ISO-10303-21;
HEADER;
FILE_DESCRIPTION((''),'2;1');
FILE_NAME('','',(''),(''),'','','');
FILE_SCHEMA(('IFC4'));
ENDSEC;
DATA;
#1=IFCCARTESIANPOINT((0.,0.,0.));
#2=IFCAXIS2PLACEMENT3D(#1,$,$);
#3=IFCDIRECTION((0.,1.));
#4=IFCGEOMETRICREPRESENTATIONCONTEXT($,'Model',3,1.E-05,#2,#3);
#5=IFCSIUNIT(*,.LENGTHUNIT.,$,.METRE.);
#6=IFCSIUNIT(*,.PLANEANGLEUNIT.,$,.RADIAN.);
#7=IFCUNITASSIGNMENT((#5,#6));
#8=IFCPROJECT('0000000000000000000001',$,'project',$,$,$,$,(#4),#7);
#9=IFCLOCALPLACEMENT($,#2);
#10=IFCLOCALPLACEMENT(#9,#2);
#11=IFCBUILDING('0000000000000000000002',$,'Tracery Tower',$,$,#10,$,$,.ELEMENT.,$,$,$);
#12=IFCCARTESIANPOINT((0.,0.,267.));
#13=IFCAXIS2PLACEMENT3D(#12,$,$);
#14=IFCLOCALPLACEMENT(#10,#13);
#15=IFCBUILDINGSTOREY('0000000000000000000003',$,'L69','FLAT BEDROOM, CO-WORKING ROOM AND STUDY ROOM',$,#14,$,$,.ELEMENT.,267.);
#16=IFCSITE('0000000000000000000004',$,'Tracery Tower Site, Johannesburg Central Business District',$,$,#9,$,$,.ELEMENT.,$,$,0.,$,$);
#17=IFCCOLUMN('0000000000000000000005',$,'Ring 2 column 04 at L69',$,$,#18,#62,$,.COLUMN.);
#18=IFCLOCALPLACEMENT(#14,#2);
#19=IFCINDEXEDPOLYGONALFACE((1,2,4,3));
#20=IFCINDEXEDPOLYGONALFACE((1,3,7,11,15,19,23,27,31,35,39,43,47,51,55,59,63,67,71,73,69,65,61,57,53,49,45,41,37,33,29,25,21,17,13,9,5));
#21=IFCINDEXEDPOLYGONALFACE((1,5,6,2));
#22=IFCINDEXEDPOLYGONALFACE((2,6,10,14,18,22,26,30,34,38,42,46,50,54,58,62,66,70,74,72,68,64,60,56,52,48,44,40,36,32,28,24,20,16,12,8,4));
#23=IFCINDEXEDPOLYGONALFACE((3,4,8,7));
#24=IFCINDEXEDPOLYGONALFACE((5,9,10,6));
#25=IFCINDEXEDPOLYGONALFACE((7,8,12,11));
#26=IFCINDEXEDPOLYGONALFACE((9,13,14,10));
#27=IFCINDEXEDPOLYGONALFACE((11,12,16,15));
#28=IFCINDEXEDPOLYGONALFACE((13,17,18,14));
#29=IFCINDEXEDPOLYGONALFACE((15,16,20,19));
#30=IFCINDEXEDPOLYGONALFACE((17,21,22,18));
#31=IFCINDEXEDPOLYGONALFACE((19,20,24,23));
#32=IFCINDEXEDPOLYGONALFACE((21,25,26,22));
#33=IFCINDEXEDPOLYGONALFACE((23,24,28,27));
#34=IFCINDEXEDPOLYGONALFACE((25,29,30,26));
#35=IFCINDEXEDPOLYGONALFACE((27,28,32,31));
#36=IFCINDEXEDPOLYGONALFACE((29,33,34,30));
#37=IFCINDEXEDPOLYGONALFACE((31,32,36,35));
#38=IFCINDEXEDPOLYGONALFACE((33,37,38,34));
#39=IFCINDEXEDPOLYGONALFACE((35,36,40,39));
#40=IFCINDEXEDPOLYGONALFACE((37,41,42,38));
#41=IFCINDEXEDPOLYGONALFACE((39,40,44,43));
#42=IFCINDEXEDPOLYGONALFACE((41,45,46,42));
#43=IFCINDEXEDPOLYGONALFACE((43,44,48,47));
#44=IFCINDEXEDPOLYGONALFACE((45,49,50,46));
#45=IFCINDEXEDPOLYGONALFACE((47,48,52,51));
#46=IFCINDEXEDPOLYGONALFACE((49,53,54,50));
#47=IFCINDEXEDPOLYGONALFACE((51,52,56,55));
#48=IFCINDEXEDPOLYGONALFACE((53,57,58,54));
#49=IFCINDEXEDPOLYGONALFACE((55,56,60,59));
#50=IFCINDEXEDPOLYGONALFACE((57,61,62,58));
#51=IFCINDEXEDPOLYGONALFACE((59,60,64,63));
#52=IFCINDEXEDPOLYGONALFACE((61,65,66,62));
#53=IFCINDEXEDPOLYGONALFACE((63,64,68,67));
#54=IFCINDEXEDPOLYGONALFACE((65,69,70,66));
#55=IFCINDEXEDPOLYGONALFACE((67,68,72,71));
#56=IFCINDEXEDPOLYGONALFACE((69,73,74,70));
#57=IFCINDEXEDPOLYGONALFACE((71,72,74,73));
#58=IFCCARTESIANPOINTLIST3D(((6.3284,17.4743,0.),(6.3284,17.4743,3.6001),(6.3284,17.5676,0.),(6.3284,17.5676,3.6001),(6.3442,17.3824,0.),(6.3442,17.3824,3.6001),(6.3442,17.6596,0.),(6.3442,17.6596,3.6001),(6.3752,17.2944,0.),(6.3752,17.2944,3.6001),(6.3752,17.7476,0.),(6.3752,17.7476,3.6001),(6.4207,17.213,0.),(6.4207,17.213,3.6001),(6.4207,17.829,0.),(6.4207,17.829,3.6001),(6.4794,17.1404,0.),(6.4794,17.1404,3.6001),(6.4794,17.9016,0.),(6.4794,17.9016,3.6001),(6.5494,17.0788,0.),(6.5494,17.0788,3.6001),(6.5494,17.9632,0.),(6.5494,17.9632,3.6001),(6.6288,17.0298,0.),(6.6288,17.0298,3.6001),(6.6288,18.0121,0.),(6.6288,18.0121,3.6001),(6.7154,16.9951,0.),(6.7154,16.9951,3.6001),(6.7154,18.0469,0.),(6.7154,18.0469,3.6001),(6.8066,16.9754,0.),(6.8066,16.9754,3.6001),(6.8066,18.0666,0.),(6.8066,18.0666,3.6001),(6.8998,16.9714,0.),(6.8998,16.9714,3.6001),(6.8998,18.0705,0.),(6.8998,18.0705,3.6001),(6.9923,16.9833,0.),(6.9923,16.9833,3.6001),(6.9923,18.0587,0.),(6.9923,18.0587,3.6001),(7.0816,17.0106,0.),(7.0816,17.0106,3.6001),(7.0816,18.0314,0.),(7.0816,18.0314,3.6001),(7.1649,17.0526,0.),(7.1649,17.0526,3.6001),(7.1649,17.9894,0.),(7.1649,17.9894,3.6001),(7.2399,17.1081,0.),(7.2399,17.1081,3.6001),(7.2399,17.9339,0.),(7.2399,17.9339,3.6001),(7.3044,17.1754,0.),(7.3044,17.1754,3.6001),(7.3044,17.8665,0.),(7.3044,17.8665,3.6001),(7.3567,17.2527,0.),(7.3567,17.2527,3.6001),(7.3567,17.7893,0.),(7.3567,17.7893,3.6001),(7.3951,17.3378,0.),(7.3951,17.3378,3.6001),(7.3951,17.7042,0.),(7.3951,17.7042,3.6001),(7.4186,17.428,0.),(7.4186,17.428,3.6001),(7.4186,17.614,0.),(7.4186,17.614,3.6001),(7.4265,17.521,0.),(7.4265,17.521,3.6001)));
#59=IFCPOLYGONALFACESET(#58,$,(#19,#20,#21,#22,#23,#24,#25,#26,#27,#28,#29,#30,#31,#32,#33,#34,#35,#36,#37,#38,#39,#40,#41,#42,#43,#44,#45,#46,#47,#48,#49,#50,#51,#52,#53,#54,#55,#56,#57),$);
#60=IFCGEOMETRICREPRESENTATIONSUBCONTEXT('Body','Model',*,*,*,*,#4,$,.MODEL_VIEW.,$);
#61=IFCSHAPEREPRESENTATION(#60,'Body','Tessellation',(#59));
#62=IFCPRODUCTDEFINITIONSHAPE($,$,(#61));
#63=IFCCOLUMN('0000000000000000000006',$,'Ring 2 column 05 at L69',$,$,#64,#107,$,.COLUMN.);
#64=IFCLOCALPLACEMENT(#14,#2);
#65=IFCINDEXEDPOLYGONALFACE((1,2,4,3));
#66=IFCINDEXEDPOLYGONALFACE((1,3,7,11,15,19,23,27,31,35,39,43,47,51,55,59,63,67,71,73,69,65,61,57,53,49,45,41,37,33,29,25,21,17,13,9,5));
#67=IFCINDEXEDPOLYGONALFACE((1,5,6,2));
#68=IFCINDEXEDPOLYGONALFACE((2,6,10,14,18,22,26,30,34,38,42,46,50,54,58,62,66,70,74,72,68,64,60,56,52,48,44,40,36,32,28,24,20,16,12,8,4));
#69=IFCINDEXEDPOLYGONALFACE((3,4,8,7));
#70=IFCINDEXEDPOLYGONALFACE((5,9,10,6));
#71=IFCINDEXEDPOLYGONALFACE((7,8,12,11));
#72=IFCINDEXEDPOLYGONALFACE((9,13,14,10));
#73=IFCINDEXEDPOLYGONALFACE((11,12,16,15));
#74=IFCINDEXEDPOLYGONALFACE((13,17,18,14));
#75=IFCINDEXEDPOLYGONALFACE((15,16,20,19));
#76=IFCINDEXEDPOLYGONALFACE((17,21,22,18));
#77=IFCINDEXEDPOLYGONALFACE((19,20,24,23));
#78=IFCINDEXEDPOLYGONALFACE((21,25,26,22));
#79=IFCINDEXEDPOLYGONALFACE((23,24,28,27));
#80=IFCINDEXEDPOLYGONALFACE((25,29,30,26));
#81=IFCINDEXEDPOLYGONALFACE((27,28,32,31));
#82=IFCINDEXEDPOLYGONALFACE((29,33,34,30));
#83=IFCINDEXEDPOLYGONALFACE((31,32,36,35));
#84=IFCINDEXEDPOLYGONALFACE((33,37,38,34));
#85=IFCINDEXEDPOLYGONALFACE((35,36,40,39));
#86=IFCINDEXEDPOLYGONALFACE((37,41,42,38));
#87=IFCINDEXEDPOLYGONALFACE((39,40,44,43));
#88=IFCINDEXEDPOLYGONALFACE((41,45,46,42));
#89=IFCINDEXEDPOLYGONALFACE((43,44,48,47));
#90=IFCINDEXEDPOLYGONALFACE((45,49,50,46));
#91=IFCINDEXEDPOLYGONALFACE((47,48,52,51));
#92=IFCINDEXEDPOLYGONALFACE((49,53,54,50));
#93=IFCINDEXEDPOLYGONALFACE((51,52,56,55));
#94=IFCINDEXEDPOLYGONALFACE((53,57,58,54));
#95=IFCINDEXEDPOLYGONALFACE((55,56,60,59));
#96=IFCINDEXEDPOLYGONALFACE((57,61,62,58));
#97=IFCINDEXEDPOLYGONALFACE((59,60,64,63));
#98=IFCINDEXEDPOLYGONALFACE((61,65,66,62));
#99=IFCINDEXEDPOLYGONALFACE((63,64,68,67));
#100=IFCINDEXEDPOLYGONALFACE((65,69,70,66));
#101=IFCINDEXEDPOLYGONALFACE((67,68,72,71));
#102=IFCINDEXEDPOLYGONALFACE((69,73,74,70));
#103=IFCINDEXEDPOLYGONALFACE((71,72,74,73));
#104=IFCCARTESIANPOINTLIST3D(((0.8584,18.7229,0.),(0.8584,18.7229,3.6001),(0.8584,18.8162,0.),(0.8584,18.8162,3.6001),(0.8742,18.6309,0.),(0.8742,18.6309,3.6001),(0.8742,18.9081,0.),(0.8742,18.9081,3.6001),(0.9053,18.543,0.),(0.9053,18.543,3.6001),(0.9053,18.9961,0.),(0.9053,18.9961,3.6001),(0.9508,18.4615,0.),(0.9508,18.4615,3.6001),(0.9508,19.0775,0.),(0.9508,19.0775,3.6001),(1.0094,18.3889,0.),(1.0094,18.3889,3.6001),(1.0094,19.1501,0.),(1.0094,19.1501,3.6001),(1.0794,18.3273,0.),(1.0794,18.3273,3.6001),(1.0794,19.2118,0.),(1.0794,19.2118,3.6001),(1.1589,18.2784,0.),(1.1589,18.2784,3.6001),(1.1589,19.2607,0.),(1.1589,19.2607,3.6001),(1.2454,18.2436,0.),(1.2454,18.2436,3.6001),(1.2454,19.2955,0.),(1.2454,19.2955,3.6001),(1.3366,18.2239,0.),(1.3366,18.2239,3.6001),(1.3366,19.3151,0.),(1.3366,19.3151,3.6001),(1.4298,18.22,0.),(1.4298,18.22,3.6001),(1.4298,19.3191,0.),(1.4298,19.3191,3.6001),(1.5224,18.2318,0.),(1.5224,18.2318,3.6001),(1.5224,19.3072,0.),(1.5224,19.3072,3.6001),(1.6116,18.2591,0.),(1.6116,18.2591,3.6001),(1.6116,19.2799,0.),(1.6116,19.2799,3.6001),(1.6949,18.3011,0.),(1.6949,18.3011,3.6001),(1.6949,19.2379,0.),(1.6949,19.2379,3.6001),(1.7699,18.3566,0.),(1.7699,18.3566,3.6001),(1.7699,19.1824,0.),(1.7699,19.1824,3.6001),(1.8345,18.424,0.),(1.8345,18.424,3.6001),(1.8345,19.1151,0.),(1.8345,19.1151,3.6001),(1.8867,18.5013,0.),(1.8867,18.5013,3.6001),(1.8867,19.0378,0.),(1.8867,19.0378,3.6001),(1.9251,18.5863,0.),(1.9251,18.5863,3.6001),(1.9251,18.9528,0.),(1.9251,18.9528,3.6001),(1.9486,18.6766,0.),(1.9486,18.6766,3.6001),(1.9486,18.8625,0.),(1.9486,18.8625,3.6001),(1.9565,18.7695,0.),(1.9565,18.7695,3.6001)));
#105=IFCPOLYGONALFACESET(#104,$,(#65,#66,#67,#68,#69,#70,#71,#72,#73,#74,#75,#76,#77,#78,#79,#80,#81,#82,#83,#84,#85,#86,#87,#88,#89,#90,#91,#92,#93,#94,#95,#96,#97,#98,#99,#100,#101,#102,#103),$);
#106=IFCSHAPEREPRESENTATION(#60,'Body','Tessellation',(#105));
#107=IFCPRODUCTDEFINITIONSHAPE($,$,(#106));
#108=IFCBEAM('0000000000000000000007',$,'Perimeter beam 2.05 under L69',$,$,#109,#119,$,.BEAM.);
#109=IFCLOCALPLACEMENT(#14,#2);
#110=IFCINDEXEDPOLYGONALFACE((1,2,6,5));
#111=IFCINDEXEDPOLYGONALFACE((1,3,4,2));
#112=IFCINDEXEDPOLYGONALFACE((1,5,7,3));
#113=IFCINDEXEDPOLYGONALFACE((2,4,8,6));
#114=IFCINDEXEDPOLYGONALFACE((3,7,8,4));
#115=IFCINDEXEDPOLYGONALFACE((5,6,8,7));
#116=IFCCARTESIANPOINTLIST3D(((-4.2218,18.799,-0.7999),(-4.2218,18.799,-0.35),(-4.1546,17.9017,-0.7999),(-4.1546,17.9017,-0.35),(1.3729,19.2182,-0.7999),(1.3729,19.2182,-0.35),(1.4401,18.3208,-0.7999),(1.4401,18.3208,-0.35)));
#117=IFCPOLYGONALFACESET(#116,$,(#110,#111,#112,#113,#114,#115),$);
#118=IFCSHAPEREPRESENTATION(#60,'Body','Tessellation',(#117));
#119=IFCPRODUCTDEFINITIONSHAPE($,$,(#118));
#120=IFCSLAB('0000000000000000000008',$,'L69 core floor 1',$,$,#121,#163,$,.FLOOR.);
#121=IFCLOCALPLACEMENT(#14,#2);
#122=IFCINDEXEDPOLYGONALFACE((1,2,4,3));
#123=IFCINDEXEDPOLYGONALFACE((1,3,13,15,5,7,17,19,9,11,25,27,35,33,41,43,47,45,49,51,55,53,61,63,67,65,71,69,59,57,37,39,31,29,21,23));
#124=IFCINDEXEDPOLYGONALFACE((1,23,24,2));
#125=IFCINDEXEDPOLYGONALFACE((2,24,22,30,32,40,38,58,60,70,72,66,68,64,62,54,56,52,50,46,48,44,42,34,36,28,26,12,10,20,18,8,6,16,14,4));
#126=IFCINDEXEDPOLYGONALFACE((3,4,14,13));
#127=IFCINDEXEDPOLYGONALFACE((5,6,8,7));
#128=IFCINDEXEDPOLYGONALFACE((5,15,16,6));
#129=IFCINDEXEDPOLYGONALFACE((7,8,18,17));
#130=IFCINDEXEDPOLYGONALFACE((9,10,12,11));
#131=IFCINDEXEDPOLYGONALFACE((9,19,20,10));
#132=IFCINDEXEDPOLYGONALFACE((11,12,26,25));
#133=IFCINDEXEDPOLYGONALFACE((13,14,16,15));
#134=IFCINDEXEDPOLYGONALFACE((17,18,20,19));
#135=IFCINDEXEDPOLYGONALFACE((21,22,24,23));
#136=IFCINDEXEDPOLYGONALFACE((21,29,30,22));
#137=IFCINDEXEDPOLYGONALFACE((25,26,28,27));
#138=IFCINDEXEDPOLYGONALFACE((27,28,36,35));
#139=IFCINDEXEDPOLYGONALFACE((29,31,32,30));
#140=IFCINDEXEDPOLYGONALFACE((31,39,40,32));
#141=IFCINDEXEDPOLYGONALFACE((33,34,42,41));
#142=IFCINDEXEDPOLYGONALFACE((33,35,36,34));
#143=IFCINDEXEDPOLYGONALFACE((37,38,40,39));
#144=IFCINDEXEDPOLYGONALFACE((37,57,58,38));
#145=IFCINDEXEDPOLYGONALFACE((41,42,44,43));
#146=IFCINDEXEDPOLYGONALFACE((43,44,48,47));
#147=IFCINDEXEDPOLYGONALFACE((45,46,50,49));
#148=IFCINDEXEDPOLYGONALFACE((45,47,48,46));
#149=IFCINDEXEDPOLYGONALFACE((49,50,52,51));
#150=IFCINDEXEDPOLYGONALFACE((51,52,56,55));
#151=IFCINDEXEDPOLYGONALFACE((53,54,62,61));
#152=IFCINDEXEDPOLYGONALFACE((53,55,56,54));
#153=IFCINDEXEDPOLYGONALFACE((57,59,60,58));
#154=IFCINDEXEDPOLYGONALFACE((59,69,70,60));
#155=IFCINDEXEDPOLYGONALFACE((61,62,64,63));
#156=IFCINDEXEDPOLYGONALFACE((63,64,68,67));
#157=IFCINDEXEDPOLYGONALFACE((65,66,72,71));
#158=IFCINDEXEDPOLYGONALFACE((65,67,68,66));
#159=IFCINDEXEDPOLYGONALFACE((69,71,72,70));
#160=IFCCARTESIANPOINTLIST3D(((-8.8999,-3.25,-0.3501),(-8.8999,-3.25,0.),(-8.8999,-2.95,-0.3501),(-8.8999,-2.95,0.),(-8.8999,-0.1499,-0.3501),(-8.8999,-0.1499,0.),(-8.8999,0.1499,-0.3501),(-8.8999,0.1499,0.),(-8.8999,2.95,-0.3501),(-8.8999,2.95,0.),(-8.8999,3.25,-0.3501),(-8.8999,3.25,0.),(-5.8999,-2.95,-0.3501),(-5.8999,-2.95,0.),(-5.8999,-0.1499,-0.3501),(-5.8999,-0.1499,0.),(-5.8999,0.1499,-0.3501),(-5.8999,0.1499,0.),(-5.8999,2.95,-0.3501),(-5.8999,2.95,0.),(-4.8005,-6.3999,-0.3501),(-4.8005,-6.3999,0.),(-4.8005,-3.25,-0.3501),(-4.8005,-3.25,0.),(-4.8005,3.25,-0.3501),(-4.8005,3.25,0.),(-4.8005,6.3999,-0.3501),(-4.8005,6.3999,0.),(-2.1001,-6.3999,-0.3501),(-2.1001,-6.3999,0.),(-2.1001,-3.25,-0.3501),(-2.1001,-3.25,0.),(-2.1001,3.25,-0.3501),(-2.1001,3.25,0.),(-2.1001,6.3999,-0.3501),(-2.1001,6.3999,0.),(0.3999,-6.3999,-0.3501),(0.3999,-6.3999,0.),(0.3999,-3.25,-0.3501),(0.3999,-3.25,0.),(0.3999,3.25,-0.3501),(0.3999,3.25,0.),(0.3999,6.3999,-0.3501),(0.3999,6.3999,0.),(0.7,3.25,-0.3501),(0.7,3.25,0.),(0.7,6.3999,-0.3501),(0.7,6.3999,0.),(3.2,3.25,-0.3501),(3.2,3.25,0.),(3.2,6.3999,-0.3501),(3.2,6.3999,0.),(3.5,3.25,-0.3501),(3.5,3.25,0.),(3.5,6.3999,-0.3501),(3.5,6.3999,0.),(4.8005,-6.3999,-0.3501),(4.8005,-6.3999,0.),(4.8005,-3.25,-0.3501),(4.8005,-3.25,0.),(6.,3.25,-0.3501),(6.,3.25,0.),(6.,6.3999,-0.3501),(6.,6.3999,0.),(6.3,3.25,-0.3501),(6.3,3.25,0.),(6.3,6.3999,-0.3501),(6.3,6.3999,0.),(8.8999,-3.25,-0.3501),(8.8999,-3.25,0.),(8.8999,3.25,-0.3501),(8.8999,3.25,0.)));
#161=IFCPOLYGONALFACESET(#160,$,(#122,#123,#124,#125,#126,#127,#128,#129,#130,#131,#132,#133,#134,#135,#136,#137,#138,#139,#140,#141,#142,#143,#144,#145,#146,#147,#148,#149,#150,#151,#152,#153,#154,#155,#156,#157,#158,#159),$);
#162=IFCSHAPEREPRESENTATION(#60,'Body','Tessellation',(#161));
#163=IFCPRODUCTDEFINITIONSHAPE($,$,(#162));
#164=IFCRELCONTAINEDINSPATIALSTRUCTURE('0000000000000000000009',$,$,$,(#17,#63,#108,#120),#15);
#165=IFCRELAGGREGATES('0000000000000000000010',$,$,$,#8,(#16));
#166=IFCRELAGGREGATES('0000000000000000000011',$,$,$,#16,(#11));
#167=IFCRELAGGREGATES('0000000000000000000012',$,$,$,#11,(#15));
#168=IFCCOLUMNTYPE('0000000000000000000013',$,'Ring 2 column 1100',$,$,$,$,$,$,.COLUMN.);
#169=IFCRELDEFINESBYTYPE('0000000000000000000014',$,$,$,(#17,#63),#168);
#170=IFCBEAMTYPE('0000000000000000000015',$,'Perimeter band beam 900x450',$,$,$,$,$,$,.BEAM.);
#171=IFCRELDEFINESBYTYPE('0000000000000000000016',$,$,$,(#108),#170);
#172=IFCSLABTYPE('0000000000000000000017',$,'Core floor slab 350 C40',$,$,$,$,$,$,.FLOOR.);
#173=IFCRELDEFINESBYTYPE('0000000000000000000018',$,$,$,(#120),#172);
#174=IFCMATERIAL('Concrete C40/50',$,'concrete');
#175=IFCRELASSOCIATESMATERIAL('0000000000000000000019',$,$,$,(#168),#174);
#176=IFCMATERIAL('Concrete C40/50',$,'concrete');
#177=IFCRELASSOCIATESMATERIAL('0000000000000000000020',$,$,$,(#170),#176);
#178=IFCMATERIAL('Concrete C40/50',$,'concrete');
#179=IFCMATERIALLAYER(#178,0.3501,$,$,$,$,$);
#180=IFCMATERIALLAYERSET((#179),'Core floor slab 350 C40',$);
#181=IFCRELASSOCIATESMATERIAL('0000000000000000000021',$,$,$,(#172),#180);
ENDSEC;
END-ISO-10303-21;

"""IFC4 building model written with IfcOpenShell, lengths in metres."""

from ifc_helpers import new_model, si_unit, direction, frame, origin, origin_2d, place, context, subcontext, project, spatial, polyline, rectangle, circle, outline, extrude, material, layer, layer_set, material_profile, profile_set, type_object, element, save


model = new_model("IFC4")

# Units and contexts
model_context = context("Model", 3, precision=1e-05, world=origin(), true_north=direction((0.0, 1.0)))
body_context = subcontext(model_context, "Body", "Model", "MODEL_VIEW")
ifc_project = project(units=[si_unit("LENGTHUNIT", "METRE"), si_unit("PLANEANGLEUNIT", "RADIAN")], contexts=[model_context])

# Site, building, storey
site_placement = place(None, origin())
site = spatial("IfcSite", under=ifc_project, at=site_placement, Name="Tracery Tower Site, Johannesburg Central Business District", CompositionType="ELEMENT", RefElevation=0.0)
building_placement = place(site_placement, origin())
building = spatial("IfcBuilding", under=site, at=building_placement, Name="Tracery Tower", CompositionType="ELEMENT")
storey_placement = place(building_placement, frame((0.0, 0.0, 267.0)))
storey = spatial("IfcBuildingStorey", under=building, at=storey_placement, Name="L69", Description="FLAT BEDROOM, CO-WORKING ROOM AND STUDY ROOM", CompositionType="ELEMENT", Elevation=267.0)

# Columns
ifc_material_1 = material(Name="Concrete C40/50", Category="concrete")
ifc_material_profile_1 = material_profile(ifc_material_1, circle(Radius=0.55, at=origin_2d()), Name="RC D1100")
ifc_profile_set_1 = profile_set([ifc_material_profile_1], Name="Concrete C40/50")
column_type = type_object("IfcColumnType", Name="Ring 2 column 1100", PredefinedType="COLUMN", material=ifc_profile_set_1)
for number, where, z_axis, x_axis, name in (
    (1, (6.8765, 17.521, 0.0), (0.0, 0.0, 1.0), (1.0, 0.0, 0.0), "Ring 2 column 04 at L69"),
    (2, (1.4065, 18.7695, 0.0), (0.0, 0.0, 1.0), (1.0, 0.0, 0.0), "Ring 2 column 05 at L69"),
):
    element("IfcColumn", number, at=place(storey_placement, frame(where, z_axis=z_axis, x_axis=x_axis)), inside=storey, type_object=column_type, Name=name, PredefinedType="COLUMN", context=body_context, shape_type="SweptSolid", body=[
        extrude(circle(Radius=0.55, at=origin_2d()), origin(), (0.0, 0.0, 1.0), 3.6001),
    ])

# Beam
ifc_material_2 = material(Name="Concrete C40/50", Category="concrete")
ifc_material_profile_2 = material_profile(ifc_material_2, rectangle(XDim=0.8999, YDim=0.45, at=origin_2d()), Name="RC 900x450")
ifc_profile_set_2 = profile_set([ifc_material_profile_2], Name="Concrete C40/50")
beam_type = type_object("IfcBeamType", Name="Perimeter band beam 900x450", PredefinedType="BEAM", material=ifc_profile_set_2)
beam_placement = place(storey_placement, frame((1.4065, 18.7695, -0.575), z_axis=(-0.997205, -0.074716, 0.0), x_axis=(0.074716, -0.997205, 0.0)))
element("IfcBeam", 3, at=beam_placement, inside=storey, type_object=beam_type, Name="Perimeter beam 2.05 under L69", PredefinedType="BEAM", context=body_context, shape_type="SweptSolid", body=[
    extrude(rectangle(XDim=0.8999, YDim=0.45, at=origin_2d()), origin(), (0.0, 0.0, 1.0), 5.6104),
])

# Slab
ifc_material_3 = material(Name="Concrete C40/50", Category="concrete")
ifc_layer_1 = layer(ifc_material_3, 0.3501)
ifc_layer_set_1 = layer_set([ifc_layer_1], Name="Core floor slab 350 C40")
slab_type_1 = type_object("IfcSlabType", Name="Core floor slab 350 C40", PredefinedType="FLOOR", material=ifc_layer_set_1)
slab_1_placement = place(storey_placement, frame((0.0, 0.0, -0.3501)))
element("IfcSlab", 4, at=slab_1_placement, inside=storey, type_object=slab_type_1, Name="L69 core floor 1", PredefinedType="FLOOR", context=body_context, shape_type="SweptSolid", body=[
    extrude(outline(polyline([(-4.8005, -3.25), (-8.8999, -3.25), (-8.8999, -2.95), (-5.8999, -2.95), (-5.8999, -0.1499), (-8.8999, -0.1499), (-8.8999, 0.1499), (-5.8999, 0.1499), (-5.8999, 2.95), (-8.8999, 2.95), (-8.8999, 3.25), (-4.8005, 3.25), (-4.8005, 6.3999), (-2.1001, 6.3999), (-2.1001, 3.25), (0.3999, 3.25), (0.3999, 6.3999), (0.7, 6.3999), (0.7, 3.25), (3.2, 3.25), (3.2, 6.3999), (3.5, 6.3999), (3.5, 3.25), (6.0, 3.25), (6.0, 6.3999), (6.3, 6.3999), (6.3, 3.25), (8.8999, 3.25), (8.8999, -3.25), (4.8005, -3.25), (4.8005, -6.3999), (0.3999, -6.3999), (0.3999, -3.25), (-2.1001, -3.25), (-2.1001, -6.3999), (-4.8005, -6.3999), (-4.8005, -3.25)])), origin(), (0.0, 0.0, 1.0), 0.3501),
])

save(model, "model.ifc")
